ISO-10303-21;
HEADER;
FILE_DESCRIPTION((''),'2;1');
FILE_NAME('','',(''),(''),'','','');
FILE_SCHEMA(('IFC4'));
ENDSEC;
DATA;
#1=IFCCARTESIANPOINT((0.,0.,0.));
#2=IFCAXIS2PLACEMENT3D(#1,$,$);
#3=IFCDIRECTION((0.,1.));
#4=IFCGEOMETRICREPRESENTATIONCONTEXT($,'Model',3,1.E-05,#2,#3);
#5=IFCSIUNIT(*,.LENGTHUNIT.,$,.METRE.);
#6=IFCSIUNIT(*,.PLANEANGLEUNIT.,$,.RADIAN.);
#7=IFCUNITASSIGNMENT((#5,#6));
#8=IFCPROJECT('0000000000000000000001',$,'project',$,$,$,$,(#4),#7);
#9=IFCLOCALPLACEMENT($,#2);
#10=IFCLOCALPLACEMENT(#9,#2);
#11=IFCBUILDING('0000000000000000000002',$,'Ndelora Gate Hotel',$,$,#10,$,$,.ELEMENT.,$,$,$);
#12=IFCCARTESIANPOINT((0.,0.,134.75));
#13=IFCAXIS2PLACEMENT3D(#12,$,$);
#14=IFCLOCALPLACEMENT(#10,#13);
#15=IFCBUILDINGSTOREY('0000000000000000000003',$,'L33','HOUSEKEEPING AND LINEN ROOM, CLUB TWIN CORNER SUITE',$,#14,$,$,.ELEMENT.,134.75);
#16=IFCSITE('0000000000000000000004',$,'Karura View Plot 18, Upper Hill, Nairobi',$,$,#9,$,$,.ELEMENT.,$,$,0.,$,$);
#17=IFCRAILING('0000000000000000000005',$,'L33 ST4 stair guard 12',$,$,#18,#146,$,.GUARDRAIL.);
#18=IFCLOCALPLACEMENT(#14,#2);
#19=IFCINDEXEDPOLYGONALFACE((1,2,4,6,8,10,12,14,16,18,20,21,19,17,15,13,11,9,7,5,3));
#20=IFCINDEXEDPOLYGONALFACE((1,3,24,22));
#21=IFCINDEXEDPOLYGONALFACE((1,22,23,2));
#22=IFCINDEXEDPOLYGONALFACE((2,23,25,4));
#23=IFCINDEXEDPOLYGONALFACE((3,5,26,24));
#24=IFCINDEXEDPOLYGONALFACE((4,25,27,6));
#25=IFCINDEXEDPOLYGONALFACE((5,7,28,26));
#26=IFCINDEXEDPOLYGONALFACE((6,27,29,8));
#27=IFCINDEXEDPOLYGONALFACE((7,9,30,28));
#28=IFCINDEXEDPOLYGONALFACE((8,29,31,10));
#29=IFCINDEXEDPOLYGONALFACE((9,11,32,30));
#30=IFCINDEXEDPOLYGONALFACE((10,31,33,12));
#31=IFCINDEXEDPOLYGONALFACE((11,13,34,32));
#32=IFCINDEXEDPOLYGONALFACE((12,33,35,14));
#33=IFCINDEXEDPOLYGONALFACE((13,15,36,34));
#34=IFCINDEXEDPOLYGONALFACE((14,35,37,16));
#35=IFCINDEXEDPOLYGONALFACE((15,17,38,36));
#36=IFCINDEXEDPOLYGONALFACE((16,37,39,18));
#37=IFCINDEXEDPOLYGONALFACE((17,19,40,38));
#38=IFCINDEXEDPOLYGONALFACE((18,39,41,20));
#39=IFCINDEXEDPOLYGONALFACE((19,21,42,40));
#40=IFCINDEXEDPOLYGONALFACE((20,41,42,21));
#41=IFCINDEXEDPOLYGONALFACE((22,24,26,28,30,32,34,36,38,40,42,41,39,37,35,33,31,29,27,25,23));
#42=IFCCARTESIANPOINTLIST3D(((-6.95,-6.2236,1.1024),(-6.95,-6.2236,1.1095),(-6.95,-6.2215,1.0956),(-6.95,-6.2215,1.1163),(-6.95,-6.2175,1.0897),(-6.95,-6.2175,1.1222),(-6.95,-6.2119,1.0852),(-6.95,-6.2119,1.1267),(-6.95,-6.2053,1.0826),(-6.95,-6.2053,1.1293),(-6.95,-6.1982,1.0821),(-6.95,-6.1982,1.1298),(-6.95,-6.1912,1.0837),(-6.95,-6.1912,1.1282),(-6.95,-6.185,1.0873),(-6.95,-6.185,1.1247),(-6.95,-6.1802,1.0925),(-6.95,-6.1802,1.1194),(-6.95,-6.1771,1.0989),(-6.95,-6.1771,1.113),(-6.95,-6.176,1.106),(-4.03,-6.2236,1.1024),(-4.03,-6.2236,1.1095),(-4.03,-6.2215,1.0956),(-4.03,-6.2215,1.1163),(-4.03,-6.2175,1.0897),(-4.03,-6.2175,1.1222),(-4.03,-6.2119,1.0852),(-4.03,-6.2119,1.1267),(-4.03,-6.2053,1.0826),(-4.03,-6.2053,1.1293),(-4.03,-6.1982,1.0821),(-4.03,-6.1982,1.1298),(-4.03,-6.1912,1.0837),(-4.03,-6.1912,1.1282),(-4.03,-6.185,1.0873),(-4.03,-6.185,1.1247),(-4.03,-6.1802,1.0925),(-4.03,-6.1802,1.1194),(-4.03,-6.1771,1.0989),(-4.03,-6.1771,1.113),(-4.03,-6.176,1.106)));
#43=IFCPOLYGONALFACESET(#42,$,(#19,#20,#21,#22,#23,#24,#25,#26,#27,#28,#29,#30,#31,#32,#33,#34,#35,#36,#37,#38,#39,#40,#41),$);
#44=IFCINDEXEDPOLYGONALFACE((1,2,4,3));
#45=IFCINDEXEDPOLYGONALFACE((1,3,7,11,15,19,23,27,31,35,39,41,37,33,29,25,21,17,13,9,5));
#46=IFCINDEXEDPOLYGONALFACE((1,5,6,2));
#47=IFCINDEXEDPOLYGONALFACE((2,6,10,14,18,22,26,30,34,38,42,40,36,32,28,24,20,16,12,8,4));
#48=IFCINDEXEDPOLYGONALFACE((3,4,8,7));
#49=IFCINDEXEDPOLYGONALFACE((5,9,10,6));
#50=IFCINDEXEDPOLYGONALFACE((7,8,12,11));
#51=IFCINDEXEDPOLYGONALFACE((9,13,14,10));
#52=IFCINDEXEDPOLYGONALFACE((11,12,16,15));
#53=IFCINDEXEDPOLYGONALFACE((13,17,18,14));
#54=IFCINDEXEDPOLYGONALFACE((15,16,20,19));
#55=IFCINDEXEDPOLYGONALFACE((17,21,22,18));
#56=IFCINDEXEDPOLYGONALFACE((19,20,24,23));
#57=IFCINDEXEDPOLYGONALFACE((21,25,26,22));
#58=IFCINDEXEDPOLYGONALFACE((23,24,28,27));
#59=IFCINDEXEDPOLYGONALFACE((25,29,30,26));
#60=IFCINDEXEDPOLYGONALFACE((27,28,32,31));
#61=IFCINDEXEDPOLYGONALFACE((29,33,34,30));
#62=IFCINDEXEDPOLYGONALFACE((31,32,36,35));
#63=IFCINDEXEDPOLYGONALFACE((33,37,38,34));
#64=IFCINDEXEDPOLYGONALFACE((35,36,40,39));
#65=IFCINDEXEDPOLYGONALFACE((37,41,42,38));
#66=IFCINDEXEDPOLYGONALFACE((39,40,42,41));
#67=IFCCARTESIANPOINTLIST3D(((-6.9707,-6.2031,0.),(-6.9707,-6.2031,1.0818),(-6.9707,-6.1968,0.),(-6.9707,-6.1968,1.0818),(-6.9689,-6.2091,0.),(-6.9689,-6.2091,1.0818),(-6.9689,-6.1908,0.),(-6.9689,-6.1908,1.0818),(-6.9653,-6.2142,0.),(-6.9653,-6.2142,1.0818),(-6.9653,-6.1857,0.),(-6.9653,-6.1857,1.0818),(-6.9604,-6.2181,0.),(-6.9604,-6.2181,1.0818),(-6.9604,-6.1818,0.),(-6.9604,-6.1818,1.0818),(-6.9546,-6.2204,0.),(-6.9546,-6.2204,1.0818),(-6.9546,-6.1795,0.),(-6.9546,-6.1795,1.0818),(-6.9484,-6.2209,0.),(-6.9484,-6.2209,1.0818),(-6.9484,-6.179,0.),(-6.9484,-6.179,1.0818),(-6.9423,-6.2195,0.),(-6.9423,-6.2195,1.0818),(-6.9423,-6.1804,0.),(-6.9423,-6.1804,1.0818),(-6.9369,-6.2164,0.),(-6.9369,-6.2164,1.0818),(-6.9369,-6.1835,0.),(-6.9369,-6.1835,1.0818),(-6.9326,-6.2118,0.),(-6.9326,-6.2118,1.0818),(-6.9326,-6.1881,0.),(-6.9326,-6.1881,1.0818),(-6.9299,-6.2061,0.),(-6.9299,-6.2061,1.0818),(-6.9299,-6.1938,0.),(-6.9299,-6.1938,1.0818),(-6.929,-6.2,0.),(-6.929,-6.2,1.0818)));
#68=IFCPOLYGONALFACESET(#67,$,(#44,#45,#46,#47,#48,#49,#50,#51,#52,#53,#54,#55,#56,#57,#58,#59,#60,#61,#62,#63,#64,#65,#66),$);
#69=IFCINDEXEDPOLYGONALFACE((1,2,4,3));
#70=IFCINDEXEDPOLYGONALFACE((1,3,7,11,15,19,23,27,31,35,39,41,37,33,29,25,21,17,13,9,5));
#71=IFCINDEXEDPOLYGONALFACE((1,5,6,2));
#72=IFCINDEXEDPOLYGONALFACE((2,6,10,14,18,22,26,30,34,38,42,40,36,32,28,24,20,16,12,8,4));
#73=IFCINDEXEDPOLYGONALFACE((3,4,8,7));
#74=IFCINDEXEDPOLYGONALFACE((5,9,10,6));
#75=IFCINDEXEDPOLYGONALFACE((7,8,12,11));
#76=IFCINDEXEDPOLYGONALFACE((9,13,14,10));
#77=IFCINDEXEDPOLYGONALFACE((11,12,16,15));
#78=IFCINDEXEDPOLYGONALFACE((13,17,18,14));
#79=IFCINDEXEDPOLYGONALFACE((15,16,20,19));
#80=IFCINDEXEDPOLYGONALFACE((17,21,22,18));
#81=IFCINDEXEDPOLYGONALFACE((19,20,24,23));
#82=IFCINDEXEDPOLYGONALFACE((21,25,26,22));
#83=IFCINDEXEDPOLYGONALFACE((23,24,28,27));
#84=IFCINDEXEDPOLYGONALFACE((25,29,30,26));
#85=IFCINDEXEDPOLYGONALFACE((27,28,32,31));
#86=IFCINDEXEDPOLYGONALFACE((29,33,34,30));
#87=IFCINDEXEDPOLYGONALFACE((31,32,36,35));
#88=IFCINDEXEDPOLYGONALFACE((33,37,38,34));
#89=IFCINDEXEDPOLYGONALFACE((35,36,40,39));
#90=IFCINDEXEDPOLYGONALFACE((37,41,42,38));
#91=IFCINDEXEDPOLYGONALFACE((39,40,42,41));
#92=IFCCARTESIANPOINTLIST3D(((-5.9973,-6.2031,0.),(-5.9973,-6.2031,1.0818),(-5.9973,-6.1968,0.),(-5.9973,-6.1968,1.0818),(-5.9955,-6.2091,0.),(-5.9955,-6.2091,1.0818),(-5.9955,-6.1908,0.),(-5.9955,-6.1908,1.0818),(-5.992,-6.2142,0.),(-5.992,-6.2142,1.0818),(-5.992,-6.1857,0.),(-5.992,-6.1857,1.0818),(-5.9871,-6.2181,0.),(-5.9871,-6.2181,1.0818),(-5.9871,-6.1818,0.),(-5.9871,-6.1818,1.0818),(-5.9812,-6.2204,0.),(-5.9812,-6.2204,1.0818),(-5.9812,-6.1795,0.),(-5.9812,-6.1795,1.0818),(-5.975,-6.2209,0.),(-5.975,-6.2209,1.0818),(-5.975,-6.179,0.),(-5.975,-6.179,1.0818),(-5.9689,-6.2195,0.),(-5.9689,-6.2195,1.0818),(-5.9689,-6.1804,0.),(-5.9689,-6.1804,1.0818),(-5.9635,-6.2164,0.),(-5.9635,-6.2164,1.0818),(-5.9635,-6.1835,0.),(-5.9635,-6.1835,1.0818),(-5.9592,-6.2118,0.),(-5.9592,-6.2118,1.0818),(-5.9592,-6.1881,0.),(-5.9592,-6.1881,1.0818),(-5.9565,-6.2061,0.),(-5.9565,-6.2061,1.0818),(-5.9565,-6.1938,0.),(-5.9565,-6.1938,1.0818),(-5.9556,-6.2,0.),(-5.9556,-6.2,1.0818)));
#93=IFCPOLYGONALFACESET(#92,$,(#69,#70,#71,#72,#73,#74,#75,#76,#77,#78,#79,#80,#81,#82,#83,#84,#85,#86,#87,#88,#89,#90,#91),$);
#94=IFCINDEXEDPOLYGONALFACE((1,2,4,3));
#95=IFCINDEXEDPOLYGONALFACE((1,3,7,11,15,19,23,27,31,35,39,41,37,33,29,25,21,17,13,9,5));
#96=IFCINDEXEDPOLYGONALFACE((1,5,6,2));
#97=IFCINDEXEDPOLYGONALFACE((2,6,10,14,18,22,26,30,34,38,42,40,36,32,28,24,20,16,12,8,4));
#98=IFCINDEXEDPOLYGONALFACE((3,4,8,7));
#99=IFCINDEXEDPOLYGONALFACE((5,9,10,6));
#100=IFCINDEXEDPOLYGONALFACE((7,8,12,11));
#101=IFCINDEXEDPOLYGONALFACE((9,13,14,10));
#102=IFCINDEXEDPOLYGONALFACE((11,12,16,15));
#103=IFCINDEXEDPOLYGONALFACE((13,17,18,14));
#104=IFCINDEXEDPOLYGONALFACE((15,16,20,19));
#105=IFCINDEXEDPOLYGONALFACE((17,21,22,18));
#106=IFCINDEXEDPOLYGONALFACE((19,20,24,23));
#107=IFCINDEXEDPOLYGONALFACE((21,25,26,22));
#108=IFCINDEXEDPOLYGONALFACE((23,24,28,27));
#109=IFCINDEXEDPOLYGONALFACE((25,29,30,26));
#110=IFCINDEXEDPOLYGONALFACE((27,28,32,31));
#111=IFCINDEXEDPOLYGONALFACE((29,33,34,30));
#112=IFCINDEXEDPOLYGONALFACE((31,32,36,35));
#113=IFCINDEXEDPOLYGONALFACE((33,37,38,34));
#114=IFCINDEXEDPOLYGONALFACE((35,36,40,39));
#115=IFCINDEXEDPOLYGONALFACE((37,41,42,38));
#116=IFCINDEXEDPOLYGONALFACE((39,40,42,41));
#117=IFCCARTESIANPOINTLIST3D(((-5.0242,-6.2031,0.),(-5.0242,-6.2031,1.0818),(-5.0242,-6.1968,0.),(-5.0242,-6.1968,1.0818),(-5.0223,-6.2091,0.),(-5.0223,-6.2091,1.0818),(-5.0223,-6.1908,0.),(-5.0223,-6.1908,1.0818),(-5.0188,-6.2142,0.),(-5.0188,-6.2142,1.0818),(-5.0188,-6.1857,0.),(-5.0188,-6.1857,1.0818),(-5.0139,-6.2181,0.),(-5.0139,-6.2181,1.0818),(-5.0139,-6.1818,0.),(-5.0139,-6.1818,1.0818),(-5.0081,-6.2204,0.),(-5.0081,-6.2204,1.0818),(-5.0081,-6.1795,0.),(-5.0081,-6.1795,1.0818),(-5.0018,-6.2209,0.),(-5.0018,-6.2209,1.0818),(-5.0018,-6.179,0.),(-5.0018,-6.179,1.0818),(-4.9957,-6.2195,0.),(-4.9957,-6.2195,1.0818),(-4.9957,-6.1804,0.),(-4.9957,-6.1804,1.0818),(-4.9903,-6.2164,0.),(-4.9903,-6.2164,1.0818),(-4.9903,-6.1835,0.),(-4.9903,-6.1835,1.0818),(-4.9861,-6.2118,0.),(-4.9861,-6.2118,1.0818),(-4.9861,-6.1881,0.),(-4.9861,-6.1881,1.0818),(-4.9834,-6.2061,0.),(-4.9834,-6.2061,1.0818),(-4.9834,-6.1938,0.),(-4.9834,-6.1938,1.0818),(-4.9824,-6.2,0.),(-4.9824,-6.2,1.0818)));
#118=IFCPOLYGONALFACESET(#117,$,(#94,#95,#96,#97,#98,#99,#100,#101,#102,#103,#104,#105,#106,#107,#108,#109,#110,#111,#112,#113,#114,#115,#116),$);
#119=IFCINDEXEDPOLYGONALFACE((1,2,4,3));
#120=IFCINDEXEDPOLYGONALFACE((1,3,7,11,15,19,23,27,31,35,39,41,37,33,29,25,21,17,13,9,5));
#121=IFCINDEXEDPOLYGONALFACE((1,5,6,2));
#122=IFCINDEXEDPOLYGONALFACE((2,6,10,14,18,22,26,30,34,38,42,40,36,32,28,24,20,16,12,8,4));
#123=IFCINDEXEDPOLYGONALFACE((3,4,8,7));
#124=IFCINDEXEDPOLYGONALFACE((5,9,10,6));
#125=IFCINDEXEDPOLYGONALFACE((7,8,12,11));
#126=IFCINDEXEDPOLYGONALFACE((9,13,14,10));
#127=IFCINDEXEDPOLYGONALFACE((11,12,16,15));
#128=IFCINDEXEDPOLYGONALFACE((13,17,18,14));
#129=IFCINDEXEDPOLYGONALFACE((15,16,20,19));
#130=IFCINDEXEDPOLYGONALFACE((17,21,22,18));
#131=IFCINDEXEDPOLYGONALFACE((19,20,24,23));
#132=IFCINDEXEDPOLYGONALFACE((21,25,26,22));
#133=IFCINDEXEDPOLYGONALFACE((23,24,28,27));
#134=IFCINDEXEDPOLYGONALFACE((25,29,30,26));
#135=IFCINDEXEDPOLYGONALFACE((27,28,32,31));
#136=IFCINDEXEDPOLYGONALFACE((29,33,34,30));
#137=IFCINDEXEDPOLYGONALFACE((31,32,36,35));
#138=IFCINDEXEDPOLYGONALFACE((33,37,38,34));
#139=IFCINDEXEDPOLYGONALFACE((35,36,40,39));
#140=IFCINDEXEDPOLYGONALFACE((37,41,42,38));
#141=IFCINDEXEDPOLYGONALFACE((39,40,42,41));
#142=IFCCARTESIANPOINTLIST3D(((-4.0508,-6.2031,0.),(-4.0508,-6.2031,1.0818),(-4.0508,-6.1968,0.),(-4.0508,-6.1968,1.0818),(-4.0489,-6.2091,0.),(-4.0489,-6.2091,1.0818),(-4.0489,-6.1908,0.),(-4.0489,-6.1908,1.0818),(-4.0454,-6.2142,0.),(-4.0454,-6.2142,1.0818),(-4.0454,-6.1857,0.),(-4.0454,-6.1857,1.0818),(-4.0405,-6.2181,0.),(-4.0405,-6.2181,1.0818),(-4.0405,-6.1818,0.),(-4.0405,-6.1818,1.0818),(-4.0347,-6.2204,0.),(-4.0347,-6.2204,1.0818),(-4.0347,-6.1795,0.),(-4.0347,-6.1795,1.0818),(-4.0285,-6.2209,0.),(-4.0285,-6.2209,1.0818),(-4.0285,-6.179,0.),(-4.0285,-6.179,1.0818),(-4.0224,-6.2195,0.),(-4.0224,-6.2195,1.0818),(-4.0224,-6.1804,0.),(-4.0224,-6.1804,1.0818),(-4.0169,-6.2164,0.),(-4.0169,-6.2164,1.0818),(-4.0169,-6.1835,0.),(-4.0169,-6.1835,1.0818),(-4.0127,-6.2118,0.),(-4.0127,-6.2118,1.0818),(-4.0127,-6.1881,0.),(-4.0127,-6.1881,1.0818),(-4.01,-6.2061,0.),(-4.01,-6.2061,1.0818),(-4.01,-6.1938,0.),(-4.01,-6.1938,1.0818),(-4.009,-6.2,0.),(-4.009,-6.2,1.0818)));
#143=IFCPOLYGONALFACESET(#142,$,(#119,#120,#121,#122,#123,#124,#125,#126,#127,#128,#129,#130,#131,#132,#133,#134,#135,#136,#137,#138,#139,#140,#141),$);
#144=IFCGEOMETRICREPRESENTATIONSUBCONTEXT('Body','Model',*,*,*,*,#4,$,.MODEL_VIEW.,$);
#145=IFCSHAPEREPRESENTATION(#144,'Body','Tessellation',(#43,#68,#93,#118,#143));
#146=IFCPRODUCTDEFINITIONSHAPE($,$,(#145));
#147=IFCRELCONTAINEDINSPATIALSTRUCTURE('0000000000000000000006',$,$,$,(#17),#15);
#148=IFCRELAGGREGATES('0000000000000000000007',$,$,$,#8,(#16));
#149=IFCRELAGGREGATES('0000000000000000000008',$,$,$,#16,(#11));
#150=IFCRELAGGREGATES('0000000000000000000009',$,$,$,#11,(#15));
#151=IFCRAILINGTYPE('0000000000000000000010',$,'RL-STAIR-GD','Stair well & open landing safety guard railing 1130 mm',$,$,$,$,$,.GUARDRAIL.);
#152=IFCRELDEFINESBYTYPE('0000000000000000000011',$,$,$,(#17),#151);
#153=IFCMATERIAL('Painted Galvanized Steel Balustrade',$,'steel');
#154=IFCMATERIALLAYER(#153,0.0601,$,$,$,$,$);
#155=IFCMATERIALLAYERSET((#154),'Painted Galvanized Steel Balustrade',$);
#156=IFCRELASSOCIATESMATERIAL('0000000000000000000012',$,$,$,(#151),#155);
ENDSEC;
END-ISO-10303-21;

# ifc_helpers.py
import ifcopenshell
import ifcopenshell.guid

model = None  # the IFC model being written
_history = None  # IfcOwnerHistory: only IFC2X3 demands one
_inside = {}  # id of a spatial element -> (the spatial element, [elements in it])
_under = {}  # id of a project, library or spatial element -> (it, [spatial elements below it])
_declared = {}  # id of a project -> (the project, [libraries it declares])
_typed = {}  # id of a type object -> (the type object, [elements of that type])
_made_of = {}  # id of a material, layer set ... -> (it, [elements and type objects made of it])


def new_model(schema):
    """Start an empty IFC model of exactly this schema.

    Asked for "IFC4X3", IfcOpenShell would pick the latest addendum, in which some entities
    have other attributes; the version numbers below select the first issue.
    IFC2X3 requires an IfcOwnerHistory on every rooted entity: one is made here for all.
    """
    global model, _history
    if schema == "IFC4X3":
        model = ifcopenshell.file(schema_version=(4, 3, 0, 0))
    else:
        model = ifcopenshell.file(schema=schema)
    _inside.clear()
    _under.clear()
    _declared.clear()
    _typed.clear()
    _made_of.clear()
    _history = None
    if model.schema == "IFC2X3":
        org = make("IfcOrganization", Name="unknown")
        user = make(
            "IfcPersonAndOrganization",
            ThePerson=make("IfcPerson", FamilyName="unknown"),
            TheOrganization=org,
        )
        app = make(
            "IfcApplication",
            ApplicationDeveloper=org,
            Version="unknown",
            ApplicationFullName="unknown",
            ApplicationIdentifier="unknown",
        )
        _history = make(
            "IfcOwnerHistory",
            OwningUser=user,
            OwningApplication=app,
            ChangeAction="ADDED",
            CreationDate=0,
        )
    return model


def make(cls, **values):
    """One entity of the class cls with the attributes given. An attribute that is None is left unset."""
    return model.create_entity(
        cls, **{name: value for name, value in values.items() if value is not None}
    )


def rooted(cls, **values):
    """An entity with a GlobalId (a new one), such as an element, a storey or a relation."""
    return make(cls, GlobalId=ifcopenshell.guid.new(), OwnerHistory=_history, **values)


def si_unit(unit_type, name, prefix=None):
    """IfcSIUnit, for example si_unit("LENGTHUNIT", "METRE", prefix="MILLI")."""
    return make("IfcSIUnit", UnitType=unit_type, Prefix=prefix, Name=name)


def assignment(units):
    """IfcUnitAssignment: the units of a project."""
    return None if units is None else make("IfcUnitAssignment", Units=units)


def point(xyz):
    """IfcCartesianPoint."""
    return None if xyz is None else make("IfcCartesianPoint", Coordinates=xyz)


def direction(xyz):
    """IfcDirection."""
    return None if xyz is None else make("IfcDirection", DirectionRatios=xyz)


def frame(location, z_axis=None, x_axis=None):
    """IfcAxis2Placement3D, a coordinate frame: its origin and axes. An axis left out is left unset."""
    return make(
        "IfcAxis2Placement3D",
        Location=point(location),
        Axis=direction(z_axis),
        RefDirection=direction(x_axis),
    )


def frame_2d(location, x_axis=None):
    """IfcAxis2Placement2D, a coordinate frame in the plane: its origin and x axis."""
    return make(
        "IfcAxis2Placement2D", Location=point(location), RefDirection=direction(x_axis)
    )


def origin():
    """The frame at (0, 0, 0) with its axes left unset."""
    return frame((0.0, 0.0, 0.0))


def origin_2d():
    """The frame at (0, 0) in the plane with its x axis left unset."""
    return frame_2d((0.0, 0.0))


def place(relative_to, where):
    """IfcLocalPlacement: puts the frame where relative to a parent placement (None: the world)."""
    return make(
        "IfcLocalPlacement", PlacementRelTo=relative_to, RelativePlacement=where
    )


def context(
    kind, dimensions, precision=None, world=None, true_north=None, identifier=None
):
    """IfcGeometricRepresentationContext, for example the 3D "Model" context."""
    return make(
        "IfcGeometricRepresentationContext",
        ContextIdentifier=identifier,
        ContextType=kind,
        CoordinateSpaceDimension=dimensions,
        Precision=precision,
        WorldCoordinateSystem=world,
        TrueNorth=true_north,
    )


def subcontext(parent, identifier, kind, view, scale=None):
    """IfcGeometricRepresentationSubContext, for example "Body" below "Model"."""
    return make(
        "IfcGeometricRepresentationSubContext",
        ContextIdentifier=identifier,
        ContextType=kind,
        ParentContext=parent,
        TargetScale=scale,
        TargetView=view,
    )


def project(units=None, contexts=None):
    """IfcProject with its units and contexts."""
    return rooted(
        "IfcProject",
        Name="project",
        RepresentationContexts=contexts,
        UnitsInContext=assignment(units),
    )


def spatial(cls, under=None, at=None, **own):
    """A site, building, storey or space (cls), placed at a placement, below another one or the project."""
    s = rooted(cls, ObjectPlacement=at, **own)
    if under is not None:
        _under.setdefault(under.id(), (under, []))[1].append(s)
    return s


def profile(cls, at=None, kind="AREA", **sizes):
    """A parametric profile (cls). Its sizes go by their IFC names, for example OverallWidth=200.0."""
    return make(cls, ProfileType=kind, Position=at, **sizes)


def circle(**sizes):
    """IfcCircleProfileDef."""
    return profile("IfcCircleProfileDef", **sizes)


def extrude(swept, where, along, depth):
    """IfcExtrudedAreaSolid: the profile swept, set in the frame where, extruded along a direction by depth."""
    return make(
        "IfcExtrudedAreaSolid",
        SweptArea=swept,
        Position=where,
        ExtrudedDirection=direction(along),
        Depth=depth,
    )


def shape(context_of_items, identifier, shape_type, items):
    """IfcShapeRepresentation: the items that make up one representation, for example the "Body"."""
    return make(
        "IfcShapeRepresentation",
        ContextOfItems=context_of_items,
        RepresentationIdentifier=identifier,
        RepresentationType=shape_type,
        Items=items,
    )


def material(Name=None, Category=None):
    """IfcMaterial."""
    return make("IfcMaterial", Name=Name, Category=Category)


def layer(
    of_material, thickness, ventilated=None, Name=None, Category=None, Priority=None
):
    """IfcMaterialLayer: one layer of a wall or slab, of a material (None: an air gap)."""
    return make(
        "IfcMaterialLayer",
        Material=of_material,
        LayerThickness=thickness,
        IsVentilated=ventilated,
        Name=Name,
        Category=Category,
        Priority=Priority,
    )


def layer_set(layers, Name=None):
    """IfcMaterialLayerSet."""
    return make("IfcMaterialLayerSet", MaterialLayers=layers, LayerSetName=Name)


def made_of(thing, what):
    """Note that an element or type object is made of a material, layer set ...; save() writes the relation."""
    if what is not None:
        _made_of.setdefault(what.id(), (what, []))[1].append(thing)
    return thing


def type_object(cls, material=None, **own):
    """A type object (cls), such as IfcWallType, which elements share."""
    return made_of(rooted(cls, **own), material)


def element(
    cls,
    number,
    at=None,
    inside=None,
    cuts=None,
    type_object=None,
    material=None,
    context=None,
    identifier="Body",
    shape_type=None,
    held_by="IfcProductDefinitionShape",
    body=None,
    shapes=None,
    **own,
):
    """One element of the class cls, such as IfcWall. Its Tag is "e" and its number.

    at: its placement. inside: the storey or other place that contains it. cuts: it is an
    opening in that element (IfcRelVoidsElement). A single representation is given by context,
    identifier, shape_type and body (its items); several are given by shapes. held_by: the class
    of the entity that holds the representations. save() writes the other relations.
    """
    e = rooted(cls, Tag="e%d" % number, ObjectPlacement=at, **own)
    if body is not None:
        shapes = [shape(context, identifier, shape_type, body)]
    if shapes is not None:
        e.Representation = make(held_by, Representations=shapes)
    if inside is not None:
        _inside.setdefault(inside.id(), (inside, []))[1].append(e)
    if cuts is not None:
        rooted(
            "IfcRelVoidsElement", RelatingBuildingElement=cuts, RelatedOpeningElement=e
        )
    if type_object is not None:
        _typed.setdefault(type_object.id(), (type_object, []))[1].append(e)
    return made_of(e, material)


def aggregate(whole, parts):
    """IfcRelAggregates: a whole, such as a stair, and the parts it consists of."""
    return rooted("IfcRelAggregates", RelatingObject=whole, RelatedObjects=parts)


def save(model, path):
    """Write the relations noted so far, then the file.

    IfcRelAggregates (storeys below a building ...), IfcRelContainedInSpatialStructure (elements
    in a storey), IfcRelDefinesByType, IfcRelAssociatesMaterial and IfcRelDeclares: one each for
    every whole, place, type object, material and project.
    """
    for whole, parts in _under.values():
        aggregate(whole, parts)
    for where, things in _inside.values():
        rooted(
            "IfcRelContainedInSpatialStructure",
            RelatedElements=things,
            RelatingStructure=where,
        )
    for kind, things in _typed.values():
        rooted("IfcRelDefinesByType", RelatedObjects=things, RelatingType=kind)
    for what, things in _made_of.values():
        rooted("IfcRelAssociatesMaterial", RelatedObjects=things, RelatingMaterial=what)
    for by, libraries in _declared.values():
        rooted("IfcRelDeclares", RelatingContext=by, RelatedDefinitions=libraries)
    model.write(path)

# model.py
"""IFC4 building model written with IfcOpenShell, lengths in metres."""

from ifc_helpers import new_model, si_unit, direction, frame, origin, origin_2d, place, context, subcontext, project, spatial, circle, extrude, material, layer, layer_set, type_object, element, save


model = new_model("IFC4")

# Units and contexts
model_context = context("Model", 3, precision=1e-05, world=origin(), true_north=direction((0.0, 1.0)))
body_context = subcontext(model_context, "Body", "Model", "MODEL_VIEW")
ifc_project = project(units=[si_unit("LENGTHUNIT", "METRE"), si_unit("PLANEANGLEUNIT", "RADIAN")], contexts=[model_context])

# Site, building, storey
site_placement = place(None, origin())
site = spatial("IfcSite", under=ifc_project, at=site_placement, Name="Karura View Plot 18, Upper Hill, Nairobi", CompositionType="ELEMENT", RefElevation=0.0)
building_placement = place(site_placement, origin())
building = spatial("IfcBuilding", under=site, at=building_placement, Name="Ndelora Gate Hotel", CompositionType="ELEMENT")
storey_placement = place(building_placement, frame((0.0, 0.0, 134.75)))
storey = spatial("IfcBuildingStorey", under=building, at=storey_placement, Name="L33", Description="HOUSEKEEPING AND LINEN ROOM, CLUB TWIN CORNER SUITE", CompositionType="ELEMENT", Elevation=134.75)

# Railing
ifc_material_1 = material(Name="Painted Galvanized Steel Balustrade", Category="steel")
ifc_layer_1 = layer(ifc_material_1, 0.0601)
ifc_layer_set_1 = layer_set([ifc_layer_1], Name="Painted Galvanized Steel Balustrade")
railing_type = type_object("IfcRailingType", Name="RL-STAIR-GD", Description="Stair well & open landing safety guard railing 1130 mm", PredefinedType="GUARDRAIL", material=ifc_layer_set_1)
railing_1_placement = place(storey_placement, frame((-6.95, -6.2, 0.0)))
element("IfcRailing", 1, at=railing_1_placement, inside=storey, type_object=railing_type, Name="L33 ST4 stair guard 12", PredefinedType="GUARDRAIL", context=body_context, shape_type="SweptSolid", body=[
    extrude(circle(Radius=0.0239, at=origin_2d()), frame((0.0, 0.0, 1.106), z_axis=(1.0, 0.0, 0.0), x_axis=(0.0, 1.0, 0.0)), (0.0, 0.0, 1.0), 2.9199),
    extrude(circle(Radius=0.021, at=origin_2d()), origin(), (0.0, 0.0, 1.0), 1.0818),
    extrude(circle(Radius=0.021, at=origin_2d()), frame((0.9734, 0.0, 0.0)), (0.0, 0.0, 1.0), 1.0818),
    extrude(circle(Radius=0.021, at=origin_2d()), frame((1.9465, 0.0, 0.0)), (0.0, 0.0, 1.0), 1.0818),
    extrude(circle(Radius=0.021, at=origin_2d()), frame((2.9199, 0.0, 0.0)), (0.0, 0.0, 1.0), 1.0818),
])

save(model, "model.ifc")
